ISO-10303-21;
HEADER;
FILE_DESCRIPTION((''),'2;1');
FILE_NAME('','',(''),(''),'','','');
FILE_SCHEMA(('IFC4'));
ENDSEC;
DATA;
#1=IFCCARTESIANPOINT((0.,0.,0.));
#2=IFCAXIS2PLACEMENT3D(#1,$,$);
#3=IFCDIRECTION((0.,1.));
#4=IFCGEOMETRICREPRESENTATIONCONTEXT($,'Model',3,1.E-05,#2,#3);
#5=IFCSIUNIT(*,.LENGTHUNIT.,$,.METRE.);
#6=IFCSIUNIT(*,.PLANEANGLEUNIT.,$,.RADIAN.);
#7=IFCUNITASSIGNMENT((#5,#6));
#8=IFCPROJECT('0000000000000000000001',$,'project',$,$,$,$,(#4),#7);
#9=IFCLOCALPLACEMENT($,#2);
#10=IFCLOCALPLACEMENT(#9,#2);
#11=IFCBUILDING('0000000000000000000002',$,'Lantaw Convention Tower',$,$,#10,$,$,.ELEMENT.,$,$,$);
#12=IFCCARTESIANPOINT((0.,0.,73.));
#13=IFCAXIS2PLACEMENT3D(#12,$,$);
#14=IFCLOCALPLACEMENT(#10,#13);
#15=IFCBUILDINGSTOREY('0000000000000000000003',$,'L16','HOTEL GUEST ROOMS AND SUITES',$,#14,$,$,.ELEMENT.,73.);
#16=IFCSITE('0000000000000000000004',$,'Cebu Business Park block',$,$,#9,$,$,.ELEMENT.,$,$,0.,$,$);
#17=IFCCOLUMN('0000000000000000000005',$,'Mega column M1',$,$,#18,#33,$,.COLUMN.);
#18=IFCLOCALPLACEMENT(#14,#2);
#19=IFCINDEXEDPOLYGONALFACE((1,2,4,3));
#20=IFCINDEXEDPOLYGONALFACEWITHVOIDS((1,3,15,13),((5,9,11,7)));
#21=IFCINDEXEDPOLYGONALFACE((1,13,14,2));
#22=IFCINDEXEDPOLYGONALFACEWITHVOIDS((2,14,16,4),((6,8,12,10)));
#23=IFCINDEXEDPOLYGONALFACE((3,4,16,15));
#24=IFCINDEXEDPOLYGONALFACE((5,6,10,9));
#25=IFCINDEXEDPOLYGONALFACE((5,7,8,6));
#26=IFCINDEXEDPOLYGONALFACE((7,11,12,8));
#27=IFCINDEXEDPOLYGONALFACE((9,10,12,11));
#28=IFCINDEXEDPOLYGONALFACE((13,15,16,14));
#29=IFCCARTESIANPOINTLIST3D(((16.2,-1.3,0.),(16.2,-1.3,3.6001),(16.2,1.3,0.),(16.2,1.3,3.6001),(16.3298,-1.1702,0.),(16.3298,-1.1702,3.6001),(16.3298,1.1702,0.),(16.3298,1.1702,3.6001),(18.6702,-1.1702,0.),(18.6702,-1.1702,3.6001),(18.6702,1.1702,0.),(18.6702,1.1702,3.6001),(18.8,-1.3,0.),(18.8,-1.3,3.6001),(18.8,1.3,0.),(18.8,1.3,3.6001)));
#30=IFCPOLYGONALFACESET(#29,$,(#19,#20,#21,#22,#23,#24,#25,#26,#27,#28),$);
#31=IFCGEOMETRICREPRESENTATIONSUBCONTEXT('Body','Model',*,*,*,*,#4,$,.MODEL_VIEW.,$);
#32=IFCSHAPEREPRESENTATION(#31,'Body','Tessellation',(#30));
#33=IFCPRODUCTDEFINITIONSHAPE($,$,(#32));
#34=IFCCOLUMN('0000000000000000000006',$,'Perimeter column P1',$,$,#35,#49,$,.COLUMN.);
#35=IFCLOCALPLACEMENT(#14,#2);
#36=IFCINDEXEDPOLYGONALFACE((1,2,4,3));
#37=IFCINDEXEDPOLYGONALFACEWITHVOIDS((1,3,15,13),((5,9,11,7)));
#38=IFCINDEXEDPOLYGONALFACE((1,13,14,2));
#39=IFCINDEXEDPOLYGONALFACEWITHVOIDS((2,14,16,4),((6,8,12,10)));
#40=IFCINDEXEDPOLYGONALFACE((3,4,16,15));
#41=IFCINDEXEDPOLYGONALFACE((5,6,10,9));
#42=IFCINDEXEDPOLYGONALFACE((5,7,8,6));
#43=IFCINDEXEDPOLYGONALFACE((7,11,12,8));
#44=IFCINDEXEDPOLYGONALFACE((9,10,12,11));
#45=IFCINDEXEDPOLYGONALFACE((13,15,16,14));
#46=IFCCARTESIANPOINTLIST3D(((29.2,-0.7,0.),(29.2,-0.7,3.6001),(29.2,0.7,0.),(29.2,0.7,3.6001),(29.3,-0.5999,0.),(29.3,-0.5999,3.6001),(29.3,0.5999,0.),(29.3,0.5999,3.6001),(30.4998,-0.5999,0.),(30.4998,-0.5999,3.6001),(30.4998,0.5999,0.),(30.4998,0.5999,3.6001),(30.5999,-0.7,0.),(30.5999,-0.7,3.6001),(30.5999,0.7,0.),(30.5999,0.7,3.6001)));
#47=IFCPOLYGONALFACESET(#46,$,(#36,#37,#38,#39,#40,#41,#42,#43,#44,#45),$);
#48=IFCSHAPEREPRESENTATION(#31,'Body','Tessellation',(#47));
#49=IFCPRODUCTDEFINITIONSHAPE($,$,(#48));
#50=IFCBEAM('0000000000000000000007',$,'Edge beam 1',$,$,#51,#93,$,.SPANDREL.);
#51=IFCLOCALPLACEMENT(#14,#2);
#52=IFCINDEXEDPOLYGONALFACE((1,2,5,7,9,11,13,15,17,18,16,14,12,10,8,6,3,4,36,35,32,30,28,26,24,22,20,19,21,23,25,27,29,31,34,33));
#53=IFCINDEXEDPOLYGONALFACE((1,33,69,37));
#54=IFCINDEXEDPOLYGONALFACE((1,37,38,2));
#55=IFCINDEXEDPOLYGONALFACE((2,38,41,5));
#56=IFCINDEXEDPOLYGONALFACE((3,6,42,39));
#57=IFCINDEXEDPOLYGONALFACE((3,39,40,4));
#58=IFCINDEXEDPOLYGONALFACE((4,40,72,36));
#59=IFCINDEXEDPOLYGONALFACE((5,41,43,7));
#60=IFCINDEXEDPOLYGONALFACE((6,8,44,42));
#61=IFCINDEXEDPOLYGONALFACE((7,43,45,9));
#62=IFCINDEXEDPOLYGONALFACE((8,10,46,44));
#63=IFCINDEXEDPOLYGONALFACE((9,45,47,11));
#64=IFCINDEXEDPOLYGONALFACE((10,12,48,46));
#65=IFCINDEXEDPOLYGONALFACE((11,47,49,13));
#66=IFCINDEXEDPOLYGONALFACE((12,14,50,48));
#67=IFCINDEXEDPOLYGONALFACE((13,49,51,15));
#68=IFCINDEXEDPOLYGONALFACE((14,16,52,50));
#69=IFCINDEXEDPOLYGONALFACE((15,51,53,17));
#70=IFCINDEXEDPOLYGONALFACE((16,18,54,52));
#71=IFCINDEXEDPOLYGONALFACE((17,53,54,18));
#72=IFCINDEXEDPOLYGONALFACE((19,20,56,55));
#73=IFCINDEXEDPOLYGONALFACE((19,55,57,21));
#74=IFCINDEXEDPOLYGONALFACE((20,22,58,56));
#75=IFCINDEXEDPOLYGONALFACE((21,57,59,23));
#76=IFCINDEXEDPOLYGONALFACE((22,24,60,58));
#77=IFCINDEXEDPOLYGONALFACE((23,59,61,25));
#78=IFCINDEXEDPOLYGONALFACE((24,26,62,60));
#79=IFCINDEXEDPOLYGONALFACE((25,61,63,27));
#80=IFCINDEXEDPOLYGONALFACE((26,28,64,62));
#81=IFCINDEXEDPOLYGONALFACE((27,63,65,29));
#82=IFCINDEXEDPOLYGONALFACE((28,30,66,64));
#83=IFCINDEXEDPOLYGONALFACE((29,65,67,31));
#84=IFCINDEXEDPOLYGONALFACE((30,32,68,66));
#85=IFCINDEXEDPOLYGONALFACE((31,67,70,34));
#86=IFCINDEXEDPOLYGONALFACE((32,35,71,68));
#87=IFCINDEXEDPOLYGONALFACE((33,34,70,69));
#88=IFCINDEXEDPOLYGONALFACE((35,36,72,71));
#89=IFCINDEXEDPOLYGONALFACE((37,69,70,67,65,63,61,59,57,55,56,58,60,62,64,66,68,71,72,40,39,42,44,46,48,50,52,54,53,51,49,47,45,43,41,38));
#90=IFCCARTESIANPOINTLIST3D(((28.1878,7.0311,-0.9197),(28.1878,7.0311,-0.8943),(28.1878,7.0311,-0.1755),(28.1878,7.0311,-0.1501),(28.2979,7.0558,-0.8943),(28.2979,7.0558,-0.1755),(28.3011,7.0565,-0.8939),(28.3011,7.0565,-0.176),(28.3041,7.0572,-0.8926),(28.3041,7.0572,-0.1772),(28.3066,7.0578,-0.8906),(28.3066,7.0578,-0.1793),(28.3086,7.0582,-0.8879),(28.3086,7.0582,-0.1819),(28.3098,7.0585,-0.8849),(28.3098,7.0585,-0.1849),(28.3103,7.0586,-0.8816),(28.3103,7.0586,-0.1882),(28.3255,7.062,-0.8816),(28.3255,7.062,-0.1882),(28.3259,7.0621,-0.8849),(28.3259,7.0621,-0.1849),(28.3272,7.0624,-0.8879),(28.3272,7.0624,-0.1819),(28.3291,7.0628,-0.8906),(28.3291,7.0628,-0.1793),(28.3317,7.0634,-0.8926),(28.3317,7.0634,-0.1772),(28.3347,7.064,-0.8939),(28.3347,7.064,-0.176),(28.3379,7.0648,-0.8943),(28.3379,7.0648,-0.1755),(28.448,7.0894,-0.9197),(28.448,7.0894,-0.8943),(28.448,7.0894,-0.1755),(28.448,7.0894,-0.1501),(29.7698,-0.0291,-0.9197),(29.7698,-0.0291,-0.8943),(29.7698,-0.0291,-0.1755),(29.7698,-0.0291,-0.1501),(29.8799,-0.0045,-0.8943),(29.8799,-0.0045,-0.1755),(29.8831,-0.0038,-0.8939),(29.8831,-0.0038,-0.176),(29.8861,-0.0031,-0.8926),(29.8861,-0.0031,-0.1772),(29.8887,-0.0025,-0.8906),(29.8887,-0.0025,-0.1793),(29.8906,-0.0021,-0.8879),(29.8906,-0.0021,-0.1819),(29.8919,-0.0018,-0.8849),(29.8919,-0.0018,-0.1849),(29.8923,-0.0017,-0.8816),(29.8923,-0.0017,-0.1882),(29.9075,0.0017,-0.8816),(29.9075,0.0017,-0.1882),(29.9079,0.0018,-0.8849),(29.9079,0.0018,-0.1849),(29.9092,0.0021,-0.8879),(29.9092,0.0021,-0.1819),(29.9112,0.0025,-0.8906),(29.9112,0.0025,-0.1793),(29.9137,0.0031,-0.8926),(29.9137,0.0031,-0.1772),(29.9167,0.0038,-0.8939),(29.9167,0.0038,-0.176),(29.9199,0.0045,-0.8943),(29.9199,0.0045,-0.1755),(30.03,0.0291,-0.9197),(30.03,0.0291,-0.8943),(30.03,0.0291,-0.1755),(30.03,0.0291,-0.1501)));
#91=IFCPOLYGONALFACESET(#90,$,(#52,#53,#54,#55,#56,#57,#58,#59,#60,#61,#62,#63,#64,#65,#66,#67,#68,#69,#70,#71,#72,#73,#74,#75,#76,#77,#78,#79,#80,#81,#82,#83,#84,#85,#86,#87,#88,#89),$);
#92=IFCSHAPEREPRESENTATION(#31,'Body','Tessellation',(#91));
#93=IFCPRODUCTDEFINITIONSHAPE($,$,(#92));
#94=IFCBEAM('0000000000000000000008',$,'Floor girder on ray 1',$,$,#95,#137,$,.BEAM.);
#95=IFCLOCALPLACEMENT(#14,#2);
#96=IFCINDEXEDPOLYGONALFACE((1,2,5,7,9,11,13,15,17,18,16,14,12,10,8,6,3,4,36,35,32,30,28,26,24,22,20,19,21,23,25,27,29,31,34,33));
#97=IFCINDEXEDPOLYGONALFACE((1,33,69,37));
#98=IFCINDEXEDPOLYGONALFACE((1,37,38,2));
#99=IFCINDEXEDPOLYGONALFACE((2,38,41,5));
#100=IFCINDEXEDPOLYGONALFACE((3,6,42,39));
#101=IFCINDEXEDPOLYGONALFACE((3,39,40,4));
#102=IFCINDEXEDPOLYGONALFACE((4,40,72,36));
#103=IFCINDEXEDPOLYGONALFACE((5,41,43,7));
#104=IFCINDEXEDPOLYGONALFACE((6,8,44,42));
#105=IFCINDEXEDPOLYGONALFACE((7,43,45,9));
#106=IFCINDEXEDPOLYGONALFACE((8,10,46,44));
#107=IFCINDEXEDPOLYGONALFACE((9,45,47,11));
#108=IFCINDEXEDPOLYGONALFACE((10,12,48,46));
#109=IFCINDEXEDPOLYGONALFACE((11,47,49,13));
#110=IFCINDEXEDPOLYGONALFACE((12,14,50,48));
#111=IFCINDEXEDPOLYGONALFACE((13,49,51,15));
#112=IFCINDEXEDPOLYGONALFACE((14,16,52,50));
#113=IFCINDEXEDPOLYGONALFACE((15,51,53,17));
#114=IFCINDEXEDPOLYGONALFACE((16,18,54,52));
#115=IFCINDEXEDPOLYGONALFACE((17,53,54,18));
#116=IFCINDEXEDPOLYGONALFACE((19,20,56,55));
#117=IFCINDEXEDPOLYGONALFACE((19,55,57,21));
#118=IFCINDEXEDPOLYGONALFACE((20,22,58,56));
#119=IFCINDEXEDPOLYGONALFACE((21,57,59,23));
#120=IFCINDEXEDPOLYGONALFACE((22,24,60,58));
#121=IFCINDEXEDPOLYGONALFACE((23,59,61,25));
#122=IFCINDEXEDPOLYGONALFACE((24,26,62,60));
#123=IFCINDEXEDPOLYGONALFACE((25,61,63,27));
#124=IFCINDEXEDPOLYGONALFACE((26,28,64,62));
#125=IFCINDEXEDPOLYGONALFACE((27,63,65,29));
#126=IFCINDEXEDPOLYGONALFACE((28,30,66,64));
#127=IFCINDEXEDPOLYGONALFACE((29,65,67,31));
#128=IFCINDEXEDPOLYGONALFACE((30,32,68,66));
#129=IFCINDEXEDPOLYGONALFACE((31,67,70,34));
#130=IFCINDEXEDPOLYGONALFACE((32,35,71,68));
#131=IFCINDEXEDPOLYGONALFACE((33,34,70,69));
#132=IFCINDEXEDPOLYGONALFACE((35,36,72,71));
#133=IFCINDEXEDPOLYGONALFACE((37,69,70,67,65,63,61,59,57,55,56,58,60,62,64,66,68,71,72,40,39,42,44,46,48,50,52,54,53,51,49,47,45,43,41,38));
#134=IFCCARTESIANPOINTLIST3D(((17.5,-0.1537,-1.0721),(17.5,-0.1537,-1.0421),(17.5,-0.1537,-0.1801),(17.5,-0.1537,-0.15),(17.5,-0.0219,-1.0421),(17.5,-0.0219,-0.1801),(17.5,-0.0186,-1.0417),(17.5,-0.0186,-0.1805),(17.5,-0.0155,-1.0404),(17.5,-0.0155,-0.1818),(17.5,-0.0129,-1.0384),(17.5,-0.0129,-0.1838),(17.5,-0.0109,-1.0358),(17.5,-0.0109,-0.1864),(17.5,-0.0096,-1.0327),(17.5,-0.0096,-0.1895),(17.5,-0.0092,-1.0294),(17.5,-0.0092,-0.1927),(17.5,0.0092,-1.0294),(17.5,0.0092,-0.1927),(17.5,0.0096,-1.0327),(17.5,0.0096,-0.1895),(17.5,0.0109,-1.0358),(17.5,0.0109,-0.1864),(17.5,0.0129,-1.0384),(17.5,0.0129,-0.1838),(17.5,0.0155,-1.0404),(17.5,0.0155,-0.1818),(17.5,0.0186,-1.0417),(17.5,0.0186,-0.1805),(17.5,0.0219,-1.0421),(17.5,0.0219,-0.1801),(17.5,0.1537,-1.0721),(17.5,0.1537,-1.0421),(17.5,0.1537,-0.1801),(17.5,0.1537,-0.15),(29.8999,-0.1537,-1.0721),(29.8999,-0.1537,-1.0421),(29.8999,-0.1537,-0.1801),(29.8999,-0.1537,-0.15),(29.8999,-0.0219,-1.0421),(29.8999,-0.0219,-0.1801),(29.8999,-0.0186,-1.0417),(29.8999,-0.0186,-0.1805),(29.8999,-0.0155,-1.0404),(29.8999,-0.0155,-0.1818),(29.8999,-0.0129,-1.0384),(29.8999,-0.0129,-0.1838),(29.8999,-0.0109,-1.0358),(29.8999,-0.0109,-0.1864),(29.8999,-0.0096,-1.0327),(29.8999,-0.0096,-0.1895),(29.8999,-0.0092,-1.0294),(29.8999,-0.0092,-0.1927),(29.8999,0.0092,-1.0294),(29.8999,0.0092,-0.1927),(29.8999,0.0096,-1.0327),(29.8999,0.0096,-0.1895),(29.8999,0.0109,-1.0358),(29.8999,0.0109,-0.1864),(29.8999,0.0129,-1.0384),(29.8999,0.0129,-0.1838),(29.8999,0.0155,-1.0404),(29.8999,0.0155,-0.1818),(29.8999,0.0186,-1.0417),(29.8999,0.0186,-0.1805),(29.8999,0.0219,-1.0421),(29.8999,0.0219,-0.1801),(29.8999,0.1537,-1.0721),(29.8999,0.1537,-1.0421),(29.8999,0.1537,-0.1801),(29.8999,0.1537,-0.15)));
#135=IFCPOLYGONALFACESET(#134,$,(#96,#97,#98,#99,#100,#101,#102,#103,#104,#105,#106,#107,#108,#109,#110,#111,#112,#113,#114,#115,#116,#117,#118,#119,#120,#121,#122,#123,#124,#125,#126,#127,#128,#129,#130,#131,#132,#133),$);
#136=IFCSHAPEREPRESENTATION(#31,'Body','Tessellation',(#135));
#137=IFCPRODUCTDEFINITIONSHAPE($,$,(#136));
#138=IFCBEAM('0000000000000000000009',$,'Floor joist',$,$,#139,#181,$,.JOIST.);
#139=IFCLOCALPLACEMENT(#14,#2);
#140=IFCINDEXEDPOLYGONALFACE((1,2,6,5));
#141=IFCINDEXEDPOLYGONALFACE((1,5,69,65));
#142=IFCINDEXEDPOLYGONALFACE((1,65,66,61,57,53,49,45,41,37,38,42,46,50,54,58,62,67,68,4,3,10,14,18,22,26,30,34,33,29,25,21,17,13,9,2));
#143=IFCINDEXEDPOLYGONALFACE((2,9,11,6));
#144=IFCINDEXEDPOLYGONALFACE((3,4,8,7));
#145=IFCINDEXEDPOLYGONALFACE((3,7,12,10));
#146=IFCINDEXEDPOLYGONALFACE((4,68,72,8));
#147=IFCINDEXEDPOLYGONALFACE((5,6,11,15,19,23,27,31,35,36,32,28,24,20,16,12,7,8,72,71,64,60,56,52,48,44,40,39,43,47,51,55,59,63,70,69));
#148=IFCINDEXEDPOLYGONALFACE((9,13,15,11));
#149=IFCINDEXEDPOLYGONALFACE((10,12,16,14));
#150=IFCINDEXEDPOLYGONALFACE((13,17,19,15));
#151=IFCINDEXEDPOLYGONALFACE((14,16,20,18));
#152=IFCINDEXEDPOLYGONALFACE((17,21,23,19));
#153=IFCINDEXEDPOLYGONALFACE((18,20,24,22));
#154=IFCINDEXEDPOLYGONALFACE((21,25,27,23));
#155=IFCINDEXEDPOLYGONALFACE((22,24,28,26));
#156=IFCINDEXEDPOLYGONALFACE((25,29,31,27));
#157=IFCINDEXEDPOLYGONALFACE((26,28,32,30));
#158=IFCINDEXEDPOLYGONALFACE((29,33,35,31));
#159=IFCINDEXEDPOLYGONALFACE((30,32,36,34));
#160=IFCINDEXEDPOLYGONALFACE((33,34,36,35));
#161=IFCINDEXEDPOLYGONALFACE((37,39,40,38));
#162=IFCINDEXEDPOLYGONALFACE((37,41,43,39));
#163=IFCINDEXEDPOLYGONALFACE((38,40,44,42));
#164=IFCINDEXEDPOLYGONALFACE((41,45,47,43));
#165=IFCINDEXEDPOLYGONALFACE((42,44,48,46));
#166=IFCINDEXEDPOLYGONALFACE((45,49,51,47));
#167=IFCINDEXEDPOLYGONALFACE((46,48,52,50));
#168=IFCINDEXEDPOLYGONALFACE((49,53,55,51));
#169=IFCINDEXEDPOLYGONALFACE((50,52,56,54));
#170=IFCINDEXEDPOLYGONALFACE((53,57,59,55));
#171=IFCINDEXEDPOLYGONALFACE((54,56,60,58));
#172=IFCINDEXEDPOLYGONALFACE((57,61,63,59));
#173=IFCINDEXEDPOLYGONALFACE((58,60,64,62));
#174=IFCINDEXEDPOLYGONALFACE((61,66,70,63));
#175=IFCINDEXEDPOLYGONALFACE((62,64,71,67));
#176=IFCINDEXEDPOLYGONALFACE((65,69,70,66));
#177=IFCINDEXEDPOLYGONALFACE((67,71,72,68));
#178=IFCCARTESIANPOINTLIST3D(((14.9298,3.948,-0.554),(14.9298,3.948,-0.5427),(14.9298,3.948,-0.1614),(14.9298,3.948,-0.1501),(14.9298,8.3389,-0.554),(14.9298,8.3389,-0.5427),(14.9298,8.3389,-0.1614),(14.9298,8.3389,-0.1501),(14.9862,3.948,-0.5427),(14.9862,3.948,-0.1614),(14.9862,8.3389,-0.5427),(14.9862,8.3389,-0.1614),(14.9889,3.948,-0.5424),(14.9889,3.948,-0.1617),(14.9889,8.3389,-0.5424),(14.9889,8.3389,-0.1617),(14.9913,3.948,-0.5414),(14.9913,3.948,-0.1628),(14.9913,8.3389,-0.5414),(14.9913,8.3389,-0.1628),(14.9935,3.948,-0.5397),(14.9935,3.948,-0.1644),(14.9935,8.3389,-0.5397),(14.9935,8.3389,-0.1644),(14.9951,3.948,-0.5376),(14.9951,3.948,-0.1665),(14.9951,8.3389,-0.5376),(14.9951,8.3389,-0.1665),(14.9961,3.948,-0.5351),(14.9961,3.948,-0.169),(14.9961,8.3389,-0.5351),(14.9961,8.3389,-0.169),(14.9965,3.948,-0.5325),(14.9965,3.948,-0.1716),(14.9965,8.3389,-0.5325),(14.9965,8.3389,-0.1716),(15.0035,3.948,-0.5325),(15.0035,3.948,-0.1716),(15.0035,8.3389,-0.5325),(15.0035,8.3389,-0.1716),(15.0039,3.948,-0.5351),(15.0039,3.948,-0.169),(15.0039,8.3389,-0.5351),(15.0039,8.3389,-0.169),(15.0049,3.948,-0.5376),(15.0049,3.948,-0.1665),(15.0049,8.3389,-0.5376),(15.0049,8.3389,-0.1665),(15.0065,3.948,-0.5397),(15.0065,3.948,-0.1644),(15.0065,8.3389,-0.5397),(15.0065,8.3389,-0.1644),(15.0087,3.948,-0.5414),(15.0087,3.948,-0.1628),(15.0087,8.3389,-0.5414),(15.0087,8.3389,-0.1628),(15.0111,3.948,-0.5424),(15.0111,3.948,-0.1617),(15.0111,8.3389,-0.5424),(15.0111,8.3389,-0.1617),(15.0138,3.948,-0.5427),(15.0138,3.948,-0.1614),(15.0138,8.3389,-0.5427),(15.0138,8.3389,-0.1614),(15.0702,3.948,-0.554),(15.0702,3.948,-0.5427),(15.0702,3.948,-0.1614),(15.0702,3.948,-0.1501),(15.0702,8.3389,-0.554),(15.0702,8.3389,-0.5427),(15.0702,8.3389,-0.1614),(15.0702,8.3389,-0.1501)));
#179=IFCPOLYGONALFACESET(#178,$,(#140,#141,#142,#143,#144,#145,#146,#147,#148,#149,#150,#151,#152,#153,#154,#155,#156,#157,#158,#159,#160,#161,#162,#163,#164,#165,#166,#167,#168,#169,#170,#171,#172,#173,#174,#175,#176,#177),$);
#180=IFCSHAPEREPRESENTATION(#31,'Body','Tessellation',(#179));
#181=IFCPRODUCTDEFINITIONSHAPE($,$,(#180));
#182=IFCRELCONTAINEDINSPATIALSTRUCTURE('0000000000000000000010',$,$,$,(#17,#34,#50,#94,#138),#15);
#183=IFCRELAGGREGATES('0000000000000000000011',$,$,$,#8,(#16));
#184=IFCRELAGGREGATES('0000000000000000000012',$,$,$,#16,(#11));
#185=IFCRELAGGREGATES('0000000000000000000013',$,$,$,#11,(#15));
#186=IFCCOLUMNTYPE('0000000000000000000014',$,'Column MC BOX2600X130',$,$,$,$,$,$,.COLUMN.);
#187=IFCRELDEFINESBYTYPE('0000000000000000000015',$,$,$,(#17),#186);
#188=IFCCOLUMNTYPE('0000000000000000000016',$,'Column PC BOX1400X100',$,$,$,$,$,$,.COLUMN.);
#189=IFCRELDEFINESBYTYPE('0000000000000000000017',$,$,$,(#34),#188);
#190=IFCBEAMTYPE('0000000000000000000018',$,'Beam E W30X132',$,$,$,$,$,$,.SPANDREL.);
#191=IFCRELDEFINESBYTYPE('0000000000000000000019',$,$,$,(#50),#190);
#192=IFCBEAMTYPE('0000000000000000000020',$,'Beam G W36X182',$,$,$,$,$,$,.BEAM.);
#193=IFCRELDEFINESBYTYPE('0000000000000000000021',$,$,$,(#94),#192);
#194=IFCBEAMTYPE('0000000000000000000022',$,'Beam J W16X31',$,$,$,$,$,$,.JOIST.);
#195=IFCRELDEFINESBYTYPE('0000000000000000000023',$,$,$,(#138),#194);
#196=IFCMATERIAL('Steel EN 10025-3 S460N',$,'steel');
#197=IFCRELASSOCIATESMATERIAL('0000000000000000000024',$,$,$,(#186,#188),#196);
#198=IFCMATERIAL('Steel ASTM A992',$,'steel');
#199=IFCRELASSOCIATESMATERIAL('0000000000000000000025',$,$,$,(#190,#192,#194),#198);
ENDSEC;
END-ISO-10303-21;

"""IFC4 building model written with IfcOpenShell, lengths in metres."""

from ifc_helpers import new_model, si_unit, direction, frame, origin, origin_2d, place, context, subcontext, project, spatial, rectangle, hollow_rectangle, i_section, extrude, material, material_profile, profile_set, type_object, element, save


model = new_model("IFC4")

# Units and contexts
model_context = context("Model", 3, precision=1e-05, world=origin(), true_north=direction((0.0, 1.0)))
body_context = subcontext(model_context, "Body", "Model", "MODEL_VIEW")
ifc_project = project(units=[si_unit("LENGTHUNIT", "METRE"), si_unit("PLANEANGLEUNIT", "RADIAN")], contexts=[model_context])

# Site, building, storey
site_placement = place(None, origin())
site = spatial("IfcSite", under=ifc_project, at=site_placement, Name="Cebu Business Park block", CompositionType="ELEMENT", RefElevation=0.0)
building_placement = place(site_placement, origin())
building = spatial("IfcBuilding", under=site, at=building_placement, Name="Lantaw Convention Tower", CompositionType="ELEMENT")
storey_placement = place(building_placement, frame((0.0, 0.0, 73.0)))
storey = spatial("IfcBuildingStorey", under=building, at=storey_placement, Name="L16", Description="HOTEL GUEST ROOMS AND SUITES", CompositionType="ELEMENT", Elevation=73.0)

# Columns
ifc_material_1 = material(Name="Steel EN 10025-3 S460N", Category="steel")
ifc_material_profile_1 = material_profile(ifc_material_1, hollow_rectangle(XDim=2.6001, YDim=2.6001, WallThickness=0.1299, at=origin_2d()), Name="BOX2600X130")
ifc_material_2 = material(Name="Concrete C60/75", Category="concrete")
ifc_material_profile_2 = material_profile(ifc_material_2, rectangle(XDim=2.3401, YDim=2.3401, at=origin_2d()), Name="Concrete fill of BOX2600X130")
ifc_profile_set_1 = profile_set([ifc_material_profile_1, ifc_material_profile_2], Name="Steel EN 10025-3 S460N")
column_type_1 = type_object("IfcColumnType", Name="Column MC BOX2600X130", PredefinedType="COLUMN", material=ifc_profile_set_1)
column_1_placement = place(storey_placement, frame((17.5, 0.0, 0.0), z_axis=(0.0, 0.0, 1.0), x_axis=(1.0, 0.0, 0.0)))
element("IfcColumn", 1, at=column_1_placement, inside=storey, type_object=column_type_1, Name="Mega column M1", PredefinedType="COLUMN", context=body_context, shape_type="SweptSolid", body=[
    extrude(hollow_rectangle(XDim=2.6001, YDim=2.6001, WallThickness=0.1299, at=origin_2d()), origin(), (0.0, 0.0, 1.0), 3.6001),
])
ifc_material_profile_3 = material_profile(ifc_material_1, hollow_rectangle(XDim=1.3999, YDim=1.3999, WallThickness=0.1001, at=origin_2d()), Name="BOX1400X100")
ifc_material_profile_4 = material_profile(ifc_material_2, rectangle(XDim=1.2, YDim=1.2, at=origin_2d()), Name="Concrete fill of BOX1400X100")
ifc_profile_set_2 = profile_set([ifc_material_profile_3, ifc_material_profile_4], Name="Steel EN 10025-3 S460N")
column_type_2 = type_object("IfcColumnType", Name="Column PC BOX1400X100", PredefinedType="COLUMN", material=ifc_profile_set_2)
column_2_placement = place(storey_placement, frame((29.8999, 0.0, 0.0), z_axis=(0.0, 0.0, 1.0), x_axis=(1.0, 0.0, 0.0)))
element("IfcColumn", 2, at=column_2_placement, inside=storey, type_object=column_type_2, Name="Perimeter column P1", PredefinedType="COLUMN", context=body_context, shape_type="SweptSolid", body=[
    extrude(hollow_rectangle(XDim=1.3999, YDim=1.3999, WallThickness=0.1001, at=origin_2d()), origin(), (0.0, 0.0, 1.0), 3.6001),
])

# Beams
ifc_material_3 = material(Name="Steel ASTM A992", Category="steel")
ifc_material_profile_5 = material_profile(ifc_material_3, i_section(OverallWidth=0.2666, OverallDepth=0.7695, WebThickness=0.0156, FlangeThickness=0.0254, FilletRadius=0.0127, at=origin_2d()), Name="W30X132")
ifc_profile_set_3 = profile_set([ifc_material_profile_5], Name="Steel ASTM A992")
beam_type_1 = type_object("IfcBeamType", Name="Beam E W30X132", PredefinedType="SPANDREL", material=ifc_profile_set_3)
beam_1_placement = place(storey_placement, frame((29.8999, 0.0, -0.5349), z_axis=(-0.218652, 0.975803, 0.0), x_axis=(-0.975803, -0.218652, 0.0)))
element("IfcBeam", 3, at=beam_1_placement, inside=storey, type_object=beam_type_1, Name="Edge beam 1", PredefinedType="SPANDREL", context=body_context, shape_type="SweptSolid", body=[
    extrude(i_section(OverallWidth=0.2666, OverallDepth=0.7695, WebThickness=0.0156, FlangeThickness=0.0254, FilletRadius=0.0127, at=origin_2d()), origin(), (0.0, 0.0, 1.0), 7.2354),
])
ifc_material_profile_6 = material_profile(ifc_material_3, i_section(OverallWidth=0.3074, OverallDepth=0.9221, WebThickness=0.0183, FlangeThickness=0.03, FilletRadius=0.0127, at=origin_2d()), Name="W36X182")
ifc_profile_set_4 = profile_set([ifc_material_profile_6], Name="Steel ASTM A992")
beam_type_2 = type_object("IfcBeamType", Name="Beam G W36X182", PredefinedType="BEAM", material=ifc_profile_set_4)
beam_2_placement = place(storey_placement, frame((17.5, 0.0, -0.6111), z_axis=(1.0, 0.0, 0.0), x_axis=(0.0, 1.0, 0.0)))
element("IfcBeam", 4, at=beam_2_placement, inside=storey, type_object=beam_type_2, Name="Floor girder on ray 1", PredefinedType="BEAM", context=body_context, shape_type="SweptSolid", body=[
    extrude(i_section(OverallWidth=0.3074, OverallDepth=0.9221, WebThickness=0.0183, FlangeThickness=0.03, FilletRadius=0.0127, at=origin_2d()), origin(), (0.0, 0.0, 1.0), 12.3999),
])
ifc_material_profile_7 = material_profile(ifc_material_3, i_section(OverallWidth=0.1404, OverallDepth=0.4038, WebThickness=0.0071, FlangeThickness=0.0112, FilletRadius=0.0103, at=origin_2d()), Name="W16X31")
ifc_profile_set_5 = profile_set([ifc_material_profile_7], Name="Steel ASTM A992")
beam_type_3 = type_object("IfcBeamType", Name="Beam J W16X31", PredefinedType="JOIST", material=ifc_profile_set_5)
beam_3_placement = place(storey_placement, frame((15.0, 3.948, -0.3521), z_axis=(0.0, 1.0, 0.0), x_axis=(-1.0, 0.0, 0.0)))
element("IfcBeam", 5, at=beam_3_placement, inside=storey, type_object=beam_type_3, Name="Floor joist", PredefinedType="JOIST", context=body_context, shape_type="SweptSolid", body=[
    extrude(i_section(OverallWidth=0.1404, OverallDepth=0.4038, WebThickness=0.0071, FlangeThickness=0.0112, FilletRadius=0.0103, at=origin_2d()), origin(), (0.0, 0.0, 1.0), 4.3909),
])

save(model, "model.ifc")
